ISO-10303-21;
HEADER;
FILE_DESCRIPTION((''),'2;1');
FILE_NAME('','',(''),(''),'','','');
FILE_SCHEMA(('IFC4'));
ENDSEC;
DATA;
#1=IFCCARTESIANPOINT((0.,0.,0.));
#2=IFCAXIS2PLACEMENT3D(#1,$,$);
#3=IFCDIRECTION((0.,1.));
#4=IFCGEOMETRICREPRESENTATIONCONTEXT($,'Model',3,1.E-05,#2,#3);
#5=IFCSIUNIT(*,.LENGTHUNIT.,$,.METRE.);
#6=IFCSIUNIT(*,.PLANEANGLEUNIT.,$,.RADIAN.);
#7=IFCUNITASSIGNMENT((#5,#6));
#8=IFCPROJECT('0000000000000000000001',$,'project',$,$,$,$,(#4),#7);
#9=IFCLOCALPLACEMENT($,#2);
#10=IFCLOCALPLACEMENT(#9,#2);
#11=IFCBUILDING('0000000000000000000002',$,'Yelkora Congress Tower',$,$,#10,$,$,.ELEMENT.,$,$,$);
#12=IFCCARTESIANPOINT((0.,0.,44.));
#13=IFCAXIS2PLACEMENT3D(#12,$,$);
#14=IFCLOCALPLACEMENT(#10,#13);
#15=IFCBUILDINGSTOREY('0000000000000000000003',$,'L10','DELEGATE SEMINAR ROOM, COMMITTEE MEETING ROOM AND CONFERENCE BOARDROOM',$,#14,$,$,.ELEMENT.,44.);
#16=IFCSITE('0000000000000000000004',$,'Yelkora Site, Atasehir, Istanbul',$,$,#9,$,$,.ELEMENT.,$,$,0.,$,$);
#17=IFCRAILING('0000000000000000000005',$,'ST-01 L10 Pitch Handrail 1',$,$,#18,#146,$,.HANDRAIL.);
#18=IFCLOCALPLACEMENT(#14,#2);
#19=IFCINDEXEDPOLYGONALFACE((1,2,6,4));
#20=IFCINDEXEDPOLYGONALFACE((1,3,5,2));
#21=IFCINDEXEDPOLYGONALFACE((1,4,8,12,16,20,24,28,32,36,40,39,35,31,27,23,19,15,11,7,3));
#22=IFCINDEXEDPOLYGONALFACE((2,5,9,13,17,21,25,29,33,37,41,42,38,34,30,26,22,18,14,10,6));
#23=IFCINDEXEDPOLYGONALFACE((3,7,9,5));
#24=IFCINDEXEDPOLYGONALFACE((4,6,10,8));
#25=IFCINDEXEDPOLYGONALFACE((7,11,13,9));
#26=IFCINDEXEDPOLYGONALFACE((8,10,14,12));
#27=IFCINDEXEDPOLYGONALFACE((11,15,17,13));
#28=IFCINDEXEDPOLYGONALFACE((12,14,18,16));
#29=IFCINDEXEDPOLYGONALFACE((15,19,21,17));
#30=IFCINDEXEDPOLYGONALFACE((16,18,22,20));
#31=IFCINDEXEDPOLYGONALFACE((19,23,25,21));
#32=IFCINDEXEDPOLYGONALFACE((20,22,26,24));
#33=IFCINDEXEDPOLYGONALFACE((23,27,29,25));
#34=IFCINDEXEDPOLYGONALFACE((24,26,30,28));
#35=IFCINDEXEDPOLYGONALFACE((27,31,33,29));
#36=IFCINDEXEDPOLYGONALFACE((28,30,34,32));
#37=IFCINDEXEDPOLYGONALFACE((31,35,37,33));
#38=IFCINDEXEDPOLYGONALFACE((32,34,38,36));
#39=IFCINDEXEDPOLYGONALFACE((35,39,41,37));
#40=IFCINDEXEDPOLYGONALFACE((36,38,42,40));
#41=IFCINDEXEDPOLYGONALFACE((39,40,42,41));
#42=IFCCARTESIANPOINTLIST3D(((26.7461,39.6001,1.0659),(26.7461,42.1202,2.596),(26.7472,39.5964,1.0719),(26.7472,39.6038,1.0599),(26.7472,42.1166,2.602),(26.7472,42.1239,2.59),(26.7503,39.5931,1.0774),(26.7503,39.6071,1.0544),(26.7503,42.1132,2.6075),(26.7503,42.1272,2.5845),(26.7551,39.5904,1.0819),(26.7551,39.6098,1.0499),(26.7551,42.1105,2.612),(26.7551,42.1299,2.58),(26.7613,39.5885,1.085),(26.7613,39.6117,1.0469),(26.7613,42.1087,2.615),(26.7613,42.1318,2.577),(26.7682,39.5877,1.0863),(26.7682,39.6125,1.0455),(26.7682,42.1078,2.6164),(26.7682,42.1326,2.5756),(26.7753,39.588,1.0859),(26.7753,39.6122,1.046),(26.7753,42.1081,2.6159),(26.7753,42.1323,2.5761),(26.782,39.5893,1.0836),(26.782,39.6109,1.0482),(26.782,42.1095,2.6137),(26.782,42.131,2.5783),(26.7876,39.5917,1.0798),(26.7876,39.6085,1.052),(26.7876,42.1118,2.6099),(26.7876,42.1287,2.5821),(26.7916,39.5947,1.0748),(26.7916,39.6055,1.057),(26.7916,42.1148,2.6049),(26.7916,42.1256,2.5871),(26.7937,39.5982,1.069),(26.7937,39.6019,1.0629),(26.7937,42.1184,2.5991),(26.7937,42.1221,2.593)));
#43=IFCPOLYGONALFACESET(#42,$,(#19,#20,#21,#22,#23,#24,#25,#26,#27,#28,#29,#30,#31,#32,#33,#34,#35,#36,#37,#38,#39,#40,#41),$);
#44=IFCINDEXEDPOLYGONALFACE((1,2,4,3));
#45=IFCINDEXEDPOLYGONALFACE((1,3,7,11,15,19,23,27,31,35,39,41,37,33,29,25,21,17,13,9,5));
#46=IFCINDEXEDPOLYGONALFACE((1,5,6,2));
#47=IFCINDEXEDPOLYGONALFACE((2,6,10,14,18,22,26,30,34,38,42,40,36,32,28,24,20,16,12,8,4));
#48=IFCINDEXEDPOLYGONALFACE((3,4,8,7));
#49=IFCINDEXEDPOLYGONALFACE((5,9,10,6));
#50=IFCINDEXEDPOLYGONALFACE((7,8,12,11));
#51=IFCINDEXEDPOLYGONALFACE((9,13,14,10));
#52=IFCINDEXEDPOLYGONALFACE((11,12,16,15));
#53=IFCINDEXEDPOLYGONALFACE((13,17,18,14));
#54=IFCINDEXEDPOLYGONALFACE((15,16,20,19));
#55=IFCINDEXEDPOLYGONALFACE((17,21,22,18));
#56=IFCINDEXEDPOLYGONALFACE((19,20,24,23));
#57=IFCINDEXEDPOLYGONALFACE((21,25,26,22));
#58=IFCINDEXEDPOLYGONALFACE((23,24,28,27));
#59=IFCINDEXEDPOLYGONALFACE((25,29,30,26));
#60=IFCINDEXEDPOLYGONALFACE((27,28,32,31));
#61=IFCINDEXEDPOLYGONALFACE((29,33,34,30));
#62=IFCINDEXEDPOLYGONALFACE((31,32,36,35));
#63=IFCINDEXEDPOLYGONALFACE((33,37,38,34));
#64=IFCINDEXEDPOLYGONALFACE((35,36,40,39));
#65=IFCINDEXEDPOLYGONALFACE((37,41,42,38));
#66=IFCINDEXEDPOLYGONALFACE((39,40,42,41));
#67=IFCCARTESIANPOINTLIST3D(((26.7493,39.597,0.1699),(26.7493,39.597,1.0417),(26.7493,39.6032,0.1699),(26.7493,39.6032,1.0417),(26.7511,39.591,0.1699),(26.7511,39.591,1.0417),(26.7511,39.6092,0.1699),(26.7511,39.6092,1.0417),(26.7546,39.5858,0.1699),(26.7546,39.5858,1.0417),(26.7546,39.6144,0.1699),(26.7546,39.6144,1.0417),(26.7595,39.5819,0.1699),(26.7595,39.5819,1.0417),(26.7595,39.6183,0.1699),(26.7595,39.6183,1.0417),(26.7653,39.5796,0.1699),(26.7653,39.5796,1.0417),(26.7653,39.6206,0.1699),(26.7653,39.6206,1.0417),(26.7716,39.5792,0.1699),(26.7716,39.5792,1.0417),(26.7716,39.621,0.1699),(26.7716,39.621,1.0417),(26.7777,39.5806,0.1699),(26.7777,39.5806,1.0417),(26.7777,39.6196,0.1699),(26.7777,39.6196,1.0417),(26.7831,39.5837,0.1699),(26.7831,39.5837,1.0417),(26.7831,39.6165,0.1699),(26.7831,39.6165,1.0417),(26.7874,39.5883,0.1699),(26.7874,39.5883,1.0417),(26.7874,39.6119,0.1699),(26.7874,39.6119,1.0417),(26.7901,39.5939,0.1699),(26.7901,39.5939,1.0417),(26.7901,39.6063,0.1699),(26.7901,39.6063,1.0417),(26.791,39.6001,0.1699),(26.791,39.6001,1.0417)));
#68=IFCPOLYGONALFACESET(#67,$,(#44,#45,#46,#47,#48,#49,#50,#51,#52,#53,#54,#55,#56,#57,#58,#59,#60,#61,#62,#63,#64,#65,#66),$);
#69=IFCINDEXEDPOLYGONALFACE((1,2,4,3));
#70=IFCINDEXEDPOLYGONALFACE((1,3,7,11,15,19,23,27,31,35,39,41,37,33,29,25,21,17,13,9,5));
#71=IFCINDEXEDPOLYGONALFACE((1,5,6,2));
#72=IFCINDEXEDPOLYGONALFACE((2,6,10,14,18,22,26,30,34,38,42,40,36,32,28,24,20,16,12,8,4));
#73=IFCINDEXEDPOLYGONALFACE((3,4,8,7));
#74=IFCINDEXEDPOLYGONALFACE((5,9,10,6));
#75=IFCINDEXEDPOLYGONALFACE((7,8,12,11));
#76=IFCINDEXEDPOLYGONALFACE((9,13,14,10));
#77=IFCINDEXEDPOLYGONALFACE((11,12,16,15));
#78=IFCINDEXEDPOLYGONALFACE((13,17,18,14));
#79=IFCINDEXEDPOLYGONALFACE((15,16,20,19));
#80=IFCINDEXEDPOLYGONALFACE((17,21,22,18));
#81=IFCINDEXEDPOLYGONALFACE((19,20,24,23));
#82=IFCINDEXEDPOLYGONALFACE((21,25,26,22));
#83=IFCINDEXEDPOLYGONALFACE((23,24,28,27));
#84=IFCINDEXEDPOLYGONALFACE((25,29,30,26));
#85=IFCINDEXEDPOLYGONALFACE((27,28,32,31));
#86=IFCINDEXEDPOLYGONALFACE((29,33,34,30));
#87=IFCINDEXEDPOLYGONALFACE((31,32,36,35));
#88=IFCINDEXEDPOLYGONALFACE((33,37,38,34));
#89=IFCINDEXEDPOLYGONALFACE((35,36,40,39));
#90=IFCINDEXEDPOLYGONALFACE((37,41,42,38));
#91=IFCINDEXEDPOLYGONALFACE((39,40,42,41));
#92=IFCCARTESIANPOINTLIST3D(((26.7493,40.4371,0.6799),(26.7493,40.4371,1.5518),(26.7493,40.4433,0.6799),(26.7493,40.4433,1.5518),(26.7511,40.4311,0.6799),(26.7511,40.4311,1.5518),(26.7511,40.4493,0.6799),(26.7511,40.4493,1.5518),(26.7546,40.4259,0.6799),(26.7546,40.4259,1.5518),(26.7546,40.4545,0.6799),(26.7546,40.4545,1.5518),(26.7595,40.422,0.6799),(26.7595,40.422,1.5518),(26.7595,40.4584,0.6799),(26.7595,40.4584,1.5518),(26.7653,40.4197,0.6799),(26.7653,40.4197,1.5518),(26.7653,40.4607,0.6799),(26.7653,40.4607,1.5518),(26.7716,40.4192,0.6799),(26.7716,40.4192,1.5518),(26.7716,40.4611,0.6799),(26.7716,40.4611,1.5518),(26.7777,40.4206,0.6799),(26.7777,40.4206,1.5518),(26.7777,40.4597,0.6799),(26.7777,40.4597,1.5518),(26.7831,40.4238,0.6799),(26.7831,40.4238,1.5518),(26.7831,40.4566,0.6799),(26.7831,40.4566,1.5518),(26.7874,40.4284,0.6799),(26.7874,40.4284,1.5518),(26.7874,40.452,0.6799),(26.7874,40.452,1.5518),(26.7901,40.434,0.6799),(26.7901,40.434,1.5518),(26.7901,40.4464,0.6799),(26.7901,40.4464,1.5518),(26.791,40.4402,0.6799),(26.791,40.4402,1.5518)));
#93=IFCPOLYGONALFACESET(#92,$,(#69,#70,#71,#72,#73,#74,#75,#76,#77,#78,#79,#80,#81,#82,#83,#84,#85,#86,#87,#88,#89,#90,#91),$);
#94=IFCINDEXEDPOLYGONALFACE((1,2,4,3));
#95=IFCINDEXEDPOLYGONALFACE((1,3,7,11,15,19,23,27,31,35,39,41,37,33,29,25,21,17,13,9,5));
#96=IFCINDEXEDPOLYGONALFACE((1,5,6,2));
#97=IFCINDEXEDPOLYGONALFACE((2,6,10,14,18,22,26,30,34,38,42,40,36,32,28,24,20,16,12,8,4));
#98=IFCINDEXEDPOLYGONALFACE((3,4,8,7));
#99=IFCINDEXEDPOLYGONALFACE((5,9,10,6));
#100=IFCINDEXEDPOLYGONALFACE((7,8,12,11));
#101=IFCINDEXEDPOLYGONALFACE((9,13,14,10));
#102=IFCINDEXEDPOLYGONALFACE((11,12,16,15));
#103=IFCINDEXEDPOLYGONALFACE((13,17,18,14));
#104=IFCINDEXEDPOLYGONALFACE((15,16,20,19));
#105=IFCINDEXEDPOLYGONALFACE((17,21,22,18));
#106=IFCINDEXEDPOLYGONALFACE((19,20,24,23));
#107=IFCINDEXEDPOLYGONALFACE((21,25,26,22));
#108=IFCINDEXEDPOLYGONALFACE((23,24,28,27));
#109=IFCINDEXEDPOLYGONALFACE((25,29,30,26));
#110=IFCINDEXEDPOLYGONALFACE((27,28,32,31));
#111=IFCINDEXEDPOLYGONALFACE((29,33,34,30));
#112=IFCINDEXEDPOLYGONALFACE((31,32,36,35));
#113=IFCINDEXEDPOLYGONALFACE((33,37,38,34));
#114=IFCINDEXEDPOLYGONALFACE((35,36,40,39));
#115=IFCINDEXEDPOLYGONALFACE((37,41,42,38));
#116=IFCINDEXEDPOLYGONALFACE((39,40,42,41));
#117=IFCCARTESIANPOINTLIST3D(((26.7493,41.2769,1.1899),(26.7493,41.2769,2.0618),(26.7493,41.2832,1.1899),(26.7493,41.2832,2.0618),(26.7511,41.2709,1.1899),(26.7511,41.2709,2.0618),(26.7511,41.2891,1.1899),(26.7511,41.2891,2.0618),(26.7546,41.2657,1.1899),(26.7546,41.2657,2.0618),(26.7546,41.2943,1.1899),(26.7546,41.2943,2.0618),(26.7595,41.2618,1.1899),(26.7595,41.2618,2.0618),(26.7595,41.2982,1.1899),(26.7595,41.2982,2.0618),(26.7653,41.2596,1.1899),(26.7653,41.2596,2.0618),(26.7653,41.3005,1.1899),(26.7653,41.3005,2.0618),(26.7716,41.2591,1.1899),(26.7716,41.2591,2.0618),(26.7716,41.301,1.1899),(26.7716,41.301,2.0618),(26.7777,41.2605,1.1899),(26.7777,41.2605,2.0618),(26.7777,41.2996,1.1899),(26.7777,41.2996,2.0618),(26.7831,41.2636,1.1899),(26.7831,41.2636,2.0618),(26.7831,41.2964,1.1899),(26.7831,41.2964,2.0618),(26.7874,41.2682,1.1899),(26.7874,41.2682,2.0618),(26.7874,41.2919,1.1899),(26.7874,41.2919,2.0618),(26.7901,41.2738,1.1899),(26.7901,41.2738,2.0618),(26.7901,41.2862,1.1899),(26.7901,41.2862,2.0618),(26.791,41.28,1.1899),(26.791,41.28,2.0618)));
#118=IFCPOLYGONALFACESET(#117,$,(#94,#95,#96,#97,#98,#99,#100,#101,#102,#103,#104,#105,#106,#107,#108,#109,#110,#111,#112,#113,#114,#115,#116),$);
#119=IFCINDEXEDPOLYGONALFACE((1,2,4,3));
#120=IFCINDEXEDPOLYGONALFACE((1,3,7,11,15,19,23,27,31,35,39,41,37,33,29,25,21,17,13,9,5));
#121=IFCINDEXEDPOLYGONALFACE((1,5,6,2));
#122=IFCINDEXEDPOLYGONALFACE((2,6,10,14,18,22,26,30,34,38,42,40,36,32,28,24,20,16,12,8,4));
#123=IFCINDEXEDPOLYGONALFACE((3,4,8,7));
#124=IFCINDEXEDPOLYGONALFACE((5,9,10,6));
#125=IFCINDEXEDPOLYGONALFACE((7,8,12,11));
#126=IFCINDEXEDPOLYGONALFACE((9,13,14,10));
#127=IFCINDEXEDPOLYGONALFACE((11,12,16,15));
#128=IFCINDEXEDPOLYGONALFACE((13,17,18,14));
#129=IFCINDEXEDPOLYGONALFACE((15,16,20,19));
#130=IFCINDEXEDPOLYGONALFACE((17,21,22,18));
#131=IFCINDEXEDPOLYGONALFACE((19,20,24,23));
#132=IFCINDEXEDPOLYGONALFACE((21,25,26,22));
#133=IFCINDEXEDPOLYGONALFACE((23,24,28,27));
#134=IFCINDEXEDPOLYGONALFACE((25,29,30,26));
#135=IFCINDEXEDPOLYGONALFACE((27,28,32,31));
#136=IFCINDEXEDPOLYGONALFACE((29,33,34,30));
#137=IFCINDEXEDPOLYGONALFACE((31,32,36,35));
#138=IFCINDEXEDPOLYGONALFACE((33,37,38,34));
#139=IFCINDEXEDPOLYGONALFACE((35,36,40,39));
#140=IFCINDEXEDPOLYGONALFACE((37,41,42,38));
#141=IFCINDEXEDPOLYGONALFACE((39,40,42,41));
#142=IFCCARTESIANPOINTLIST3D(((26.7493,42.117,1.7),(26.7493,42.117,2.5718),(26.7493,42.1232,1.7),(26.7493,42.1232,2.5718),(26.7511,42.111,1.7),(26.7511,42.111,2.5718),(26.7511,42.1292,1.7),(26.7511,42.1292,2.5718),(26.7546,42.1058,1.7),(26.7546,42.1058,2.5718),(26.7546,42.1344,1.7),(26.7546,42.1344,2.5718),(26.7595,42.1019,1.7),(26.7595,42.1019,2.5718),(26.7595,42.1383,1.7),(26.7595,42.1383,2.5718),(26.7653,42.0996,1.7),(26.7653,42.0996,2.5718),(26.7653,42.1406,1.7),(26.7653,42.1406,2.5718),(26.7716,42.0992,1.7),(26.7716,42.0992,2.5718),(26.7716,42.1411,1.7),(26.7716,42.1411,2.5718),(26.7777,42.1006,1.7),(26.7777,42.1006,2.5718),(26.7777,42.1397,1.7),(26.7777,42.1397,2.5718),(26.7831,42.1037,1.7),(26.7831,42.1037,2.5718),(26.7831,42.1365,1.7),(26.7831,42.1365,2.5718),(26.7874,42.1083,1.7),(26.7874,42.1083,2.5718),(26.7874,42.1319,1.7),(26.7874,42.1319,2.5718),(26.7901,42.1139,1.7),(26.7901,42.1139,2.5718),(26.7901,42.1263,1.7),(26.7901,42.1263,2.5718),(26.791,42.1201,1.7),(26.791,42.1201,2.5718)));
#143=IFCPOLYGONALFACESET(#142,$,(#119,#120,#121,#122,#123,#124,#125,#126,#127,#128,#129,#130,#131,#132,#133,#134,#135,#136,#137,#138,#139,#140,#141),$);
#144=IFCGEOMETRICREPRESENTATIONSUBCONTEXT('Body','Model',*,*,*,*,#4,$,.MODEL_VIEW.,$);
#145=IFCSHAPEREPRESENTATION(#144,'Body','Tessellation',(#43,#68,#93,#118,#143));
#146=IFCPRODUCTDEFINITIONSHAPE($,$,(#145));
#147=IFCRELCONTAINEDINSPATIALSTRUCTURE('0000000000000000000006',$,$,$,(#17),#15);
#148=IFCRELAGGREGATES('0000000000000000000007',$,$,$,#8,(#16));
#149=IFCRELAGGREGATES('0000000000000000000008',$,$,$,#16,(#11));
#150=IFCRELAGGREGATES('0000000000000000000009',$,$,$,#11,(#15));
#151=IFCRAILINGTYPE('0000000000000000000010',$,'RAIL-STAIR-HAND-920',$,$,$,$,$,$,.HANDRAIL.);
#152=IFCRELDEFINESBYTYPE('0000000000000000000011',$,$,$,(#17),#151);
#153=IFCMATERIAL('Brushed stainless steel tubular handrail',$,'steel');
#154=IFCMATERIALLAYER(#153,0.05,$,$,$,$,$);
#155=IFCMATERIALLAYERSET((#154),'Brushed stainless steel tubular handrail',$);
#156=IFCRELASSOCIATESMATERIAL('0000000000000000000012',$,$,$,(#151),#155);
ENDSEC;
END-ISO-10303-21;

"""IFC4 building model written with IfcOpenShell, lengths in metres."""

from ifc_helpers import new_model, si_unit, direction, frame, origin, origin_2d, place, context, subcontext, project, spatial, circle, extrude, material, layer, layer_set, type_object, element, save


model = new_model("IFC4")

# Units and contexts
model_context = context("Model", 3, precision=1e-05, world=origin(), true_north=direction((0.0, 1.0)))
body_context = subcontext(model_context, "Body", "Model", "MODEL_VIEW")
ifc_project = project(units=[si_unit("LENGTHUNIT", "METRE"), si_unit("PLANEANGLEUNIT", "RADIAN")], contexts=[model_context])

# Site, building, storey
site_placement = place(None, origin())
site = spatial("IfcSite", under=ifc_project, at=site_placement, Name="Yelkora Site, Atasehir, Istanbul", CompositionType="ELEMENT", RefElevation=0.0)
building_placement = place(site_placement, origin())
building = spatial("IfcBuilding", under=site, at=building_placement, Name="Yelkora Congress Tower", CompositionType="ELEMENT")
storey_placement = place(building_placement, frame((0.0, 0.0, 44.0)))
storey = spatial("IfcBuildingStorey", under=building, at=storey_placement, Name="L10", Description="DELEGATE SEMINAR ROOM, COMMITTEE MEETING ROOM AND CONFERENCE BOARDROOM", CompositionType="ELEMENT", Elevation=44.0)

# Railing
ifc_material_1 = material(Name="Brushed stainless steel tubular handrail", Category="steel")
ifc_layer_1 = layer(ifc_material_1, 0.05)
ifc_layer_set_1 = layer_set([ifc_layer_1], Name="Brushed stainless steel tubular handrail")
railing_type_1 = type_object("IfcRailingType", Name="RAIL-STAIR-HAND-920", PredefinedType="HANDRAIL", material=ifc_layer_set_1)
railing_1_placement = place(storey_placement, frame((26.77, 39.6001, 0.1699)))
element("IfcRailing", 1, at=railing_1_placement, inside=storey, type_object=railing_type_1, Name="ST-01 L10 Pitch Handrail 1", PredefinedType="HANDRAIL", context=body_context, shape_type="SweptSolid", body=[
    extrude(circle(Radius=0.0239, at=origin_2d()), frame((0.0, 0.0, 0.896), z_axis=(0.0, 0.854785, 0.518982), x_axis=(-1.0, 0.0, 0.0)), (0.0, 0.0, 1.0), 2.9482),
    extrude(circle(Radius=0.021, at=origin_2d()), origin(), (0.0, 0.0, 1.0), 0.8718),
    extrude(circle(Radius=0.021, at=origin_2d()), frame((0.0, 0.8401, 0.51)), (0.0, 0.0, 1.0), 0.8718),
    extrude(circle(Radius=0.021, at=origin_2d()), frame((0.0, 1.6799, 1.02)), (0.0, 0.0, 1.0), 0.8718),
    extrude(circle(Radius=0.021, at=origin_2d()), frame((0.0, 2.52, 1.53)), (0.0, 0.0, 1.0), 0.8718),
])

save(model, "model.ifc")
